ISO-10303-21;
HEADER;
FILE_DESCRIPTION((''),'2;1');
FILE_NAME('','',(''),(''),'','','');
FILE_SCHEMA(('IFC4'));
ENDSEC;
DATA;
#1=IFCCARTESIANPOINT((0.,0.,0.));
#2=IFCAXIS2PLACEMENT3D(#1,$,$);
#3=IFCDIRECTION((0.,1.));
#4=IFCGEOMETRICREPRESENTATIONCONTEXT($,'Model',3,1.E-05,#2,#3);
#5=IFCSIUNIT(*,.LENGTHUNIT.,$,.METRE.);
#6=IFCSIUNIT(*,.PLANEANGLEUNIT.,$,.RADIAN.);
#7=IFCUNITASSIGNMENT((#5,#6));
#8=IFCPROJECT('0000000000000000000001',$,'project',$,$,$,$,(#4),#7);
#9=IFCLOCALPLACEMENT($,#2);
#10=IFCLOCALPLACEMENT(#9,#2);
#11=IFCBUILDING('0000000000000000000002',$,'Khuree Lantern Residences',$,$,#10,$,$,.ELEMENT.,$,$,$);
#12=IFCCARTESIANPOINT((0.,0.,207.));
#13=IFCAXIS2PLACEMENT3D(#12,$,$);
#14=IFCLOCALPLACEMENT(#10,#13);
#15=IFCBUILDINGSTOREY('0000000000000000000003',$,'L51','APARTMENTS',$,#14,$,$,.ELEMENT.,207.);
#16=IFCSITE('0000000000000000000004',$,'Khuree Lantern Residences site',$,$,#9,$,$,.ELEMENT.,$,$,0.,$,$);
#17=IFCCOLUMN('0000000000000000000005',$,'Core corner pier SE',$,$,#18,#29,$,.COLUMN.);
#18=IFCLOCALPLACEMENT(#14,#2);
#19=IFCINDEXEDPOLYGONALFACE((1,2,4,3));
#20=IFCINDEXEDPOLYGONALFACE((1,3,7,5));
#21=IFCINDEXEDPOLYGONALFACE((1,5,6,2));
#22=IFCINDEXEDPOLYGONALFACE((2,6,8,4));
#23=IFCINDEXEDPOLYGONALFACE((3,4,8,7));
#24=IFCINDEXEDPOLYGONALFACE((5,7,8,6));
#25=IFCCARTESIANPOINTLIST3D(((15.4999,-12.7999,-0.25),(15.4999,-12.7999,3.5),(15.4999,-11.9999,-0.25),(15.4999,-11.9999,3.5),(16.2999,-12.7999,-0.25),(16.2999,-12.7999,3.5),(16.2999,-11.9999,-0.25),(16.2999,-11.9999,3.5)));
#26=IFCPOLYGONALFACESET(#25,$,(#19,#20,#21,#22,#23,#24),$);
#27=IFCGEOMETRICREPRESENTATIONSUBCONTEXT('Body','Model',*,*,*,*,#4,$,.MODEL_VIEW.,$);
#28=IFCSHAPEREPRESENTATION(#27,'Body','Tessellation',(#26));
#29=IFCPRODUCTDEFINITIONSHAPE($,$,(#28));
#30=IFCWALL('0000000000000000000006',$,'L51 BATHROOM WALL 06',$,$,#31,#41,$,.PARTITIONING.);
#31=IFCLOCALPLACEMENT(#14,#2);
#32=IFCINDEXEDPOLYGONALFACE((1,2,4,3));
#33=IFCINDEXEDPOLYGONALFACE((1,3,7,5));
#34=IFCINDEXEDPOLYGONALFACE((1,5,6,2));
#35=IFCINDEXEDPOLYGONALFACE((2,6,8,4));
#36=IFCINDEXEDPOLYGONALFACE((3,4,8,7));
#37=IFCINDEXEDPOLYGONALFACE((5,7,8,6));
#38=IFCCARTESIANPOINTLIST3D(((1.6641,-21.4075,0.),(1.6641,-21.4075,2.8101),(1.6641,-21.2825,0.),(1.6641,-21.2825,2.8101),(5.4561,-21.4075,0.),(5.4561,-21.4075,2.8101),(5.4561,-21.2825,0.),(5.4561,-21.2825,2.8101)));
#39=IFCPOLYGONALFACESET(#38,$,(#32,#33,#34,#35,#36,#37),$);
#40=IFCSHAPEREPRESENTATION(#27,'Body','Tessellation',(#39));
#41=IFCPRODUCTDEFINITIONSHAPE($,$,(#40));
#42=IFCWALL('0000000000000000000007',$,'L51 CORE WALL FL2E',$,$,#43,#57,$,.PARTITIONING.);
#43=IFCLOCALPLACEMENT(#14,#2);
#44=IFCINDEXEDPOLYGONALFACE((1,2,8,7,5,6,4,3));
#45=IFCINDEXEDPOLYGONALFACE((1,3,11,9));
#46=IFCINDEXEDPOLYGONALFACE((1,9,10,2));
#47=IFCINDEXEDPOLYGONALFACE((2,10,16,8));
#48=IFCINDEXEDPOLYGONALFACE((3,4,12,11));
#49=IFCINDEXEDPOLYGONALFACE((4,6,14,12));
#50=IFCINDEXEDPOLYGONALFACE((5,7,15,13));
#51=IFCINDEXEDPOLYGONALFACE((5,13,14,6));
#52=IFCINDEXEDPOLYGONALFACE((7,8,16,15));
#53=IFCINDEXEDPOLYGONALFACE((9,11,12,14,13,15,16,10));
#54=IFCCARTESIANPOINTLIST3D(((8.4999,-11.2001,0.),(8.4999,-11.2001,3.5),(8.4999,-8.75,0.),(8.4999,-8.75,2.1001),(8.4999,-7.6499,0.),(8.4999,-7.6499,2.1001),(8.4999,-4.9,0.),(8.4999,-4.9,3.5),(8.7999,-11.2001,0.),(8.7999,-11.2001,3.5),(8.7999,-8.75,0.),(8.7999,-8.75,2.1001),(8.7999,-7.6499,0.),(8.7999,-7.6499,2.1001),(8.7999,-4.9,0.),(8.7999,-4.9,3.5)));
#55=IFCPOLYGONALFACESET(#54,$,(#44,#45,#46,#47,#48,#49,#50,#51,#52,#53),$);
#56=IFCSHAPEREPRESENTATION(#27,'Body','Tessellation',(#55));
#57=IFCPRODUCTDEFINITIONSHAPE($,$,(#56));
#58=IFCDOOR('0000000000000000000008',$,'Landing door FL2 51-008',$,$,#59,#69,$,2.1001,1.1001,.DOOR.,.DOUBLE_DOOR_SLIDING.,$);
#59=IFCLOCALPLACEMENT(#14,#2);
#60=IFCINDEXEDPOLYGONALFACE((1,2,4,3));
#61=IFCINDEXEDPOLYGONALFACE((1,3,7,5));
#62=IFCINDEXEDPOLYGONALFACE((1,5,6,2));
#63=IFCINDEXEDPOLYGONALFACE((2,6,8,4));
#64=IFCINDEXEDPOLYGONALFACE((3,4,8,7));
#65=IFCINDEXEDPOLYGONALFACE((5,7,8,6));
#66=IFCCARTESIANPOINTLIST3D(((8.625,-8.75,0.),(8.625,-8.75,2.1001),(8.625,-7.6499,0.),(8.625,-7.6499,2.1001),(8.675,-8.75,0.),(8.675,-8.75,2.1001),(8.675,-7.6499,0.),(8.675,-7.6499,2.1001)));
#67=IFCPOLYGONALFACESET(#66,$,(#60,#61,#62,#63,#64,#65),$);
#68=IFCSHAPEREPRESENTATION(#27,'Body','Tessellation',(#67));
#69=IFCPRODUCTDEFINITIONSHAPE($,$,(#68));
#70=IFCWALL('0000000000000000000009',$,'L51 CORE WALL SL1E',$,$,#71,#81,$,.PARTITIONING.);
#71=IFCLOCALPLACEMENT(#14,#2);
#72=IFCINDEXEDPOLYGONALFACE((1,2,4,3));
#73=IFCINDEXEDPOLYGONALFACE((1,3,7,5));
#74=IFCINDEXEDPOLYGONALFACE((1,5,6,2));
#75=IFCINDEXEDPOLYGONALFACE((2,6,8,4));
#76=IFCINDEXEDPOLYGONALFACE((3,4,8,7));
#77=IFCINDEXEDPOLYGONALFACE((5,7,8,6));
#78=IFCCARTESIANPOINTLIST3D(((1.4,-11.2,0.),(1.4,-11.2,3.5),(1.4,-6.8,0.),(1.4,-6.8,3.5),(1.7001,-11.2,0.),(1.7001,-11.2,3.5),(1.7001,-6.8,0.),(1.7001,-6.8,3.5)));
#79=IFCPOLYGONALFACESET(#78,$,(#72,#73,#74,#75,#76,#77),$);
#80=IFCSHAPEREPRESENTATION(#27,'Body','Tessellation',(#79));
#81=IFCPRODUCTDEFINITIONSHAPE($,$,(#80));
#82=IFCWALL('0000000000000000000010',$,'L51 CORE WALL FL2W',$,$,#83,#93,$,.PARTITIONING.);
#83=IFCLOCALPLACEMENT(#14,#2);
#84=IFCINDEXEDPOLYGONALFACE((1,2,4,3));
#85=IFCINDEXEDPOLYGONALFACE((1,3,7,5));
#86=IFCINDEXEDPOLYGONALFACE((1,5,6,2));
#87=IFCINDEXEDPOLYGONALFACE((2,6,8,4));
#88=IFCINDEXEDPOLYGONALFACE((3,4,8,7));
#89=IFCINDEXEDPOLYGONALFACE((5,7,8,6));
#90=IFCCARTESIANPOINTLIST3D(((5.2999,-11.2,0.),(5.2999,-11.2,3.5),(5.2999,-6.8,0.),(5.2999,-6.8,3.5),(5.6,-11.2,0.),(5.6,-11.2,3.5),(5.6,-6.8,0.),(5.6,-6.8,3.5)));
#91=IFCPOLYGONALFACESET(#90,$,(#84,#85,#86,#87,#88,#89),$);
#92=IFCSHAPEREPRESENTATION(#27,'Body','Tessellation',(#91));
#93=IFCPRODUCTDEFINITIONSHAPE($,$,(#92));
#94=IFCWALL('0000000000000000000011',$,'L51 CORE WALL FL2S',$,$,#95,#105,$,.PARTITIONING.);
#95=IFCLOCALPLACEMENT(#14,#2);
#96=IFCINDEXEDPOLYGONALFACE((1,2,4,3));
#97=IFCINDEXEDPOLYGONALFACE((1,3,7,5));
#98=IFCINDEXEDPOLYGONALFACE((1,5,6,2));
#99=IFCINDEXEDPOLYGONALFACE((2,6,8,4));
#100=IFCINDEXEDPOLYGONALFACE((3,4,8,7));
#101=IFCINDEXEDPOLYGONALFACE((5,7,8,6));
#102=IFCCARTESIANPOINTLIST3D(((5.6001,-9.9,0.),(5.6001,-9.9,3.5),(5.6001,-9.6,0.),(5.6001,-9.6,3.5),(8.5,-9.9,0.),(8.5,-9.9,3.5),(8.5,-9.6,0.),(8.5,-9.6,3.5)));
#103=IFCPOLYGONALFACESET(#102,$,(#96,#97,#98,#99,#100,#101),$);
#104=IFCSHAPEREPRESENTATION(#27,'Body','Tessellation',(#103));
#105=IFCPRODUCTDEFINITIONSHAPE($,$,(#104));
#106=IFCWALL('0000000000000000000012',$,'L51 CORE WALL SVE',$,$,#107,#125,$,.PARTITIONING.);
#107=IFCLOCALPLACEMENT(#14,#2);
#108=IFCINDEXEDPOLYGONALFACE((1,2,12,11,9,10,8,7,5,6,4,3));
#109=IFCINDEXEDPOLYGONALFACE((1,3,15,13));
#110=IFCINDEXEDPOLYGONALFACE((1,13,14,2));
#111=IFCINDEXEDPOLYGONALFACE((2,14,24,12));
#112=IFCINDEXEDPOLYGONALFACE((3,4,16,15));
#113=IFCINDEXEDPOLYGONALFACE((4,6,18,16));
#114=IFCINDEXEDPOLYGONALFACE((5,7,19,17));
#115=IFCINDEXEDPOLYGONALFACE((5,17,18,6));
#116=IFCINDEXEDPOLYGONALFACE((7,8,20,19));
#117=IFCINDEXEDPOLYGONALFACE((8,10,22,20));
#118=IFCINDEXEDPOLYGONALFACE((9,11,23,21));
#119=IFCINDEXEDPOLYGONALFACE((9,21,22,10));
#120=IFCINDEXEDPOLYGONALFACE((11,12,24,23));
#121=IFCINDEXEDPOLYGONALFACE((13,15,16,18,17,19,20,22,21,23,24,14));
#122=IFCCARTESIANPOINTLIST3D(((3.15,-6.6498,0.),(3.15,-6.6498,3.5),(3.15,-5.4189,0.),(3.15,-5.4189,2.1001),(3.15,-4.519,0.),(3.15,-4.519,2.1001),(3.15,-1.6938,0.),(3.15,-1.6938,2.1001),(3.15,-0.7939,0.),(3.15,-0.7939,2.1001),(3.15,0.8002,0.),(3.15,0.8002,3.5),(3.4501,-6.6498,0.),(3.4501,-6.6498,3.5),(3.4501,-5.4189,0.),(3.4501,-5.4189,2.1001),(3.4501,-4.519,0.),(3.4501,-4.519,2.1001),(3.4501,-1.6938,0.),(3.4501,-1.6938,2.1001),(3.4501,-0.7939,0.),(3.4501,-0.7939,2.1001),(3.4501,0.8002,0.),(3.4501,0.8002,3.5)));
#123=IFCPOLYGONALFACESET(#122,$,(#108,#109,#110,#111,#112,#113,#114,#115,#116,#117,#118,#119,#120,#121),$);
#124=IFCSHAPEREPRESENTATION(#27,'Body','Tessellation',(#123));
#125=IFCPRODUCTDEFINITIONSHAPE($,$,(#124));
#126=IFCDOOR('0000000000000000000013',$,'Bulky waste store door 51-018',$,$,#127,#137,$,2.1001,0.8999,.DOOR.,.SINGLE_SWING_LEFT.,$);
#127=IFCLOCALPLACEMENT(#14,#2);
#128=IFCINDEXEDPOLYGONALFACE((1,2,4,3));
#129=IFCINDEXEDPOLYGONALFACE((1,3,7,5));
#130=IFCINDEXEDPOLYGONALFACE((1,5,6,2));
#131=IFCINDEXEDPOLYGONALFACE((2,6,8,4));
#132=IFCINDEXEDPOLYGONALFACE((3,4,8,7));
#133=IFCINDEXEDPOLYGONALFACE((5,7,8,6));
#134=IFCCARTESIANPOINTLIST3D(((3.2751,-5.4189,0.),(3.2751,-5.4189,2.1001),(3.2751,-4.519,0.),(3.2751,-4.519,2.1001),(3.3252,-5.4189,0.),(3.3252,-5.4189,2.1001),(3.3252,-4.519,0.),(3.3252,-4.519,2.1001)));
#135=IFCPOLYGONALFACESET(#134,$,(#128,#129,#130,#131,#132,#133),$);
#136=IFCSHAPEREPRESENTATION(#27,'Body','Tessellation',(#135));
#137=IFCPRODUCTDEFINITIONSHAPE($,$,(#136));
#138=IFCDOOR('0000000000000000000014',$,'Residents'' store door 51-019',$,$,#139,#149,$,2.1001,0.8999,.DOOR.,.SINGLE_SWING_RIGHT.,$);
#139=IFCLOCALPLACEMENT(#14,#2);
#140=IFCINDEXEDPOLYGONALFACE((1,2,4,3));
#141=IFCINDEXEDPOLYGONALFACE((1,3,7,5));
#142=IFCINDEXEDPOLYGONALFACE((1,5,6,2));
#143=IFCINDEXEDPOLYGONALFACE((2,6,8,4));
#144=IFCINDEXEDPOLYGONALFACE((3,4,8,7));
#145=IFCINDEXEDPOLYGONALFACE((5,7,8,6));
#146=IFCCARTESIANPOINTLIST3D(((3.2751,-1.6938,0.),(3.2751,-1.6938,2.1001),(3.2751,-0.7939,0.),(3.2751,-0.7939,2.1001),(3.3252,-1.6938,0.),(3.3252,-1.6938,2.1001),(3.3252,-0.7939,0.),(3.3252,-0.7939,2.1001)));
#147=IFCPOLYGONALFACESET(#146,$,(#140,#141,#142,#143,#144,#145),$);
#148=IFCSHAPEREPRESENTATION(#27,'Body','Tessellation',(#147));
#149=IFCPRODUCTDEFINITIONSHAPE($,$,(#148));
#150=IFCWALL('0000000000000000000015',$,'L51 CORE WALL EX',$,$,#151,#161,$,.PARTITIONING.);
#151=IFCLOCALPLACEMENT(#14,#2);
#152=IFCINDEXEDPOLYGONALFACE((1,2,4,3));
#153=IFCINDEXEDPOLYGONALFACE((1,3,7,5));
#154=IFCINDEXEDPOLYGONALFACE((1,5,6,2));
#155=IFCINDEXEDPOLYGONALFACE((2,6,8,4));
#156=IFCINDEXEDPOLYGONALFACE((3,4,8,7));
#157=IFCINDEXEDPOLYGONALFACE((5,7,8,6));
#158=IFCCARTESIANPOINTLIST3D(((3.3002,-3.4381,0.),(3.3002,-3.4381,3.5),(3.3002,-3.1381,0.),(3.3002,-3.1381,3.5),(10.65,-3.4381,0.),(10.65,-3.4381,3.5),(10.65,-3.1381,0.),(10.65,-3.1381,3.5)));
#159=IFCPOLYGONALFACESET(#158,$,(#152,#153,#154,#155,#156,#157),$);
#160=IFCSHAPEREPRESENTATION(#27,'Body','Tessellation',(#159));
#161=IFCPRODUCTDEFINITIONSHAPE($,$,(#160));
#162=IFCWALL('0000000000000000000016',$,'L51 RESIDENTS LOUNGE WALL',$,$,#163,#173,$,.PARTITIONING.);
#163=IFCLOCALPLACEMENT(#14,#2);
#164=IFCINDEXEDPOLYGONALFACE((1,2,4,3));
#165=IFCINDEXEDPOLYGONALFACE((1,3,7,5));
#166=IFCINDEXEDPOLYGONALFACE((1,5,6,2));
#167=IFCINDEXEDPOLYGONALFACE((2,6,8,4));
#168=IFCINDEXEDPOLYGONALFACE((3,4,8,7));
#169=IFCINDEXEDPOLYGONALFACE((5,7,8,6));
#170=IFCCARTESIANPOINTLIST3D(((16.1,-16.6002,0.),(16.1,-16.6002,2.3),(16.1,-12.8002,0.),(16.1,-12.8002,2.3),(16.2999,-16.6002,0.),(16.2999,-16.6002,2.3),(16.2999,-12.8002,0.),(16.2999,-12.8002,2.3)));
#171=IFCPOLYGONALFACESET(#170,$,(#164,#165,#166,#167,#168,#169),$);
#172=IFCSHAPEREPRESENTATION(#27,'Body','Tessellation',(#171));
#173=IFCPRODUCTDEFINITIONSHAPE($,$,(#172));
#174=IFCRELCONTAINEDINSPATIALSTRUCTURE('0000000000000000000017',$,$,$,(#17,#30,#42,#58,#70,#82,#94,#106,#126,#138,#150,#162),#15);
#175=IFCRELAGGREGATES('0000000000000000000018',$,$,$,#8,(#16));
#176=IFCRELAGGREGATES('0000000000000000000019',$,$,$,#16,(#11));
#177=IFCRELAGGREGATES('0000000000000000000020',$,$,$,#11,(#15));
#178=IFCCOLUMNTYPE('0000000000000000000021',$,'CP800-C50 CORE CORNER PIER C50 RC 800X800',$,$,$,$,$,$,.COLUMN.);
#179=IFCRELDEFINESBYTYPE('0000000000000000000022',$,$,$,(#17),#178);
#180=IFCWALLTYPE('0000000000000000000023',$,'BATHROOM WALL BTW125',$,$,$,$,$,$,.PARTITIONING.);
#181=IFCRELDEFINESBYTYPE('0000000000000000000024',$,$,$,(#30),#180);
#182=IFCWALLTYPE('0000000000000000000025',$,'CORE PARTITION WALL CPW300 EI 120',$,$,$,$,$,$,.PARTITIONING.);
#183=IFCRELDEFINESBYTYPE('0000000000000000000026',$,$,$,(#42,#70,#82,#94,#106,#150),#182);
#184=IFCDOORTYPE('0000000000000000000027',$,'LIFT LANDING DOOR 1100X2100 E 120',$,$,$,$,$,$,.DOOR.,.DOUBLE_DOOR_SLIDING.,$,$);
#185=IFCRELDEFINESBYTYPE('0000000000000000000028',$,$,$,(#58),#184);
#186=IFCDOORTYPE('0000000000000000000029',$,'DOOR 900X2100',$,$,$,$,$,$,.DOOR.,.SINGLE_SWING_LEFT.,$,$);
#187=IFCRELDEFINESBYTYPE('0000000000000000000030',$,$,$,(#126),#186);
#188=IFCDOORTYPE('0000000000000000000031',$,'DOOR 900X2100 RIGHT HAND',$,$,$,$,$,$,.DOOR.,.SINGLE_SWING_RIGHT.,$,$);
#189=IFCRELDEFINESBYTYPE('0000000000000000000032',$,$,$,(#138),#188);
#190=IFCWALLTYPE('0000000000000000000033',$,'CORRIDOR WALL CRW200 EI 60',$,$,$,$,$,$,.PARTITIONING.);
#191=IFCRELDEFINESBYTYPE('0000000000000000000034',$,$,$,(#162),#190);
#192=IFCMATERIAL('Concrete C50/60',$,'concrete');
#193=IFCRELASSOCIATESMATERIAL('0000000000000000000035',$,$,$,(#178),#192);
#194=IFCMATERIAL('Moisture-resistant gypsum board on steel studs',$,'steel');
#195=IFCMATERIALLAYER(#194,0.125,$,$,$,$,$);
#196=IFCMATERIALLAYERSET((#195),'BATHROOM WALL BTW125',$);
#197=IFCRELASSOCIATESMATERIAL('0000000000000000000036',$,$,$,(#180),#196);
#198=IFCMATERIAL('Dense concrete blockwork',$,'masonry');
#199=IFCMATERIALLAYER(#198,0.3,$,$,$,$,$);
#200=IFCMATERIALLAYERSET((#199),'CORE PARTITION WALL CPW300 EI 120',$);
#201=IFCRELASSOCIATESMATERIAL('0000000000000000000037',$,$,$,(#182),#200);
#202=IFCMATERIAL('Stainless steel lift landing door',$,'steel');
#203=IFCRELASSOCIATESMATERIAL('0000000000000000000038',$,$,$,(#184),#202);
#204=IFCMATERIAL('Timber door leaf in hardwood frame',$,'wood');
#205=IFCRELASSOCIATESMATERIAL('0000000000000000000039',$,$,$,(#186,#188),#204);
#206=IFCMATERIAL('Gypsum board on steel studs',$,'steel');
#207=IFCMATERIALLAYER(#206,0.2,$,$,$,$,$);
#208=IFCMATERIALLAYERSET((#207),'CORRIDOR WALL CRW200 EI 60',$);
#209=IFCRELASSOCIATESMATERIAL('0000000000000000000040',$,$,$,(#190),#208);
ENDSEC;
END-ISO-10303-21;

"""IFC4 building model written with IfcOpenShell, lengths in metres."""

from ifc_helpers import new_model, si_unit, direction, frame, frame_2d, origin, origin_2d, place, context, subcontext, project, spatial, rectangle, extrude, material, layer, layer_set, material_profile, profile_set, type_object, element, fill, save


model = new_model("IFC4")

# Units and contexts
model_context = context("Model", 3, precision=1e-05, world=origin(), true_north=direction((0.0, 1.0)))
body_context = subcontext(model_context, "Body", "Model", "MODEL_VIEW")
ifc_project = project(units=[si_unit("LENGTHUNIT", "METRE"), si_unit("PLANEANGLEUNIT", "RADIAN")], contexts=[model_context])

# Site, building, storey
site_placement = place(None, origin())
site = spatial("IfcSite", under=ifc_project, at=site_placement, Name="Khuree Lantern Residences site", CompositionType="ELEMENT", RefElevation=0.0)
building_placement = place(site_placement, origin())
building = spatial("IfcBuilding", under=site, at=building_placement, Name="Khuree Lantern Residences", CompositionType="ELEMENT")
storey_placement = place(building_placement, frame((0.0, 0.0, 207.0)))
storey = spatial("IfcBuildingStorey", under=building, at=storey_placement, Name="L51", Description="APARTMENTS", CompositionType="ELEMENT", Elevation=207.0)

# Column
ifc_material_1 = material(Name="Concrete C50/60", Category="concrete")
ifc_material_profile = material_profile(ifc_material_1, rectangle(XDim=0.8, YDim=0.8, at=origin_2d()), Name="RC 800X800")
ifc_profile_set = profile_set([ifc_material_profile], Name="Concrete C50/60")
column_type = type_object("IfcColumnType", Name="CP800-C50 CORE CORNER PIER C50 RC 800X800", PredefinedType="COLUMN", material=ifc_profile_set)
column_placement = place(storey_placement, frame((15.8999, -12.3999, -0.25), z_axis=(0.0, 0.0, 1.0), x_axis=(1.0, 0.0, 0.0)))
element("IfcColumn", 1, at=column_placement, inside=storey, type_object=column_type, Name="Core corner pier SE", PredefinedType="COLUMN", context=body_context, shape_type="SweptSolid", body=[
    extrude(rectangle(XDim=0.8, YDim=0.8, at=origin_2d()), origin(), (0.0, 0.0, 1.0), 3.75),
])

# Wall
ifc_material_2 = material(Name="Moisture-resistant gypsum board on steel studs", Category="steel")
ifc_layer_1 = layer(ifc_material_2, 0.125)
ifc_layer_set_1 = layer_set([ifc_layer_1], Name="BATHROOM WALL BTW125")
wall_type_1 = type_object("IfcWallType", Name="BATHROOM WALL BTW125", PredefinedType="PARTITIONING", material=ifc_layer_set_1)
wall_1_placement = place(storey_placement, frame((1.6641, -21.345, 0.0), z_axis=(0.0, 0.0, 1.0), x_axis=(1.0, 0.0, 0.0)))
element("IfcWall", 2, at=wall_1_placement, inside=storey, type_object=wall_type_1, Name="L51 BATHROOM WALL 06", PredefinedType="PARTITIONING", context=body_context, shape_type="SweptSolid", body=[
    extrude(rectangle(XDim=3.792, YDim=0.125, at=frame_2d((1.896, 0.0))), origin(), (0.0, 0.0, 1.0), 2.8101),
])

# Wall, opening, door
ifc_material_3 = material(Name="Dense concrete blockwork", Category="masonry")
ifc_layer_2 = layer(ifc_material_3, 0.3)
ifc_layer_set_2 = layer_set([ifc_layer_2], Name="CORE PARTITION WALL CPW300 EI 120")
wall_type_2 = type_object("IfcWallType", Name="CORE PARTITION WALL CPW300 EI 120", PredefinedType="PARTITIONING", material=ifc_layer_set_2)
wall_2_placement = place(storey_placement, frame((8.6499, -11.2, 0.0), z_axis=(0.0, 0.0, 1.0), x_axis=(0.0, 1.0, 0.0)))
wall_2 = element("IfcWall", 3, at=wall_2_placement, inside=storey, type_object=wall_type_2, Name="L51 CORE WALL FL2E", PredefinedType="PARTITIONING", context=body_context, shape_type="SweptSolid", body=[
    extrude(rectangle(XDim=6.3, YDim=0.3, at=frame_2d((3.1499, 0.0))), origin(), (0.0, 0.0, 1.0), 3.5),
])
opening_1_placement = place(wall_2_placement, frame((2.45, 0.0, 0.0)))
opening_1 = element("IfcOpeningElement", 4, at=opening_1_placement, cuts=wall_2, PredefinedType="OPENING", context=body_context, shape_type="SweptSolid", body=[
    extrude(rectangle(XDim=1.1001, YDim=2.1001, at=frame_2d((0.55, 1.05))), frame((0.0, 0.1602, 0.0), z_axis=(0.0, -1.0, 0.0), x_axis=(1.0, 0.0, 0.0)), (0.0, 0.0, 1.0), 0.3201),
])
ifc_material_4 = material(Name="Stainless steel lift landing door", Category="steel")
door_type_1 = type_object("IfcDoorType", Name="LIFT LANDING DOOR 1100X2100 E 120", OperationType="DOUBLE_DOOR_SLIDING", PredefinedType="DOOR", material=ifc_material_4)
door_1_placement = place(opening_1_placement, origin())
door_1 = element("IfcDoor", 5, at=door_1_placement, inside=storey, type_object=door_type_1, Name="Landing door FL2 51-008", OperationType="DOUBLE_DOOR_SLIDING", OverallHeight=2.1001, OverallWidth=1.1001, PredefinedType="DOOR", context=body_context, shape_type="SweptSolid", body=[
    extrude(rectangle(XDim=1.1001, YDim=2.1001, at=frame_2d((0.55, 1.05))), frame((0.0, 0.0249, 0.0), z_axis=(0.0, -1.0, 0.0), x_axis=(1.0, 0.0, 0.0)), (0.0, 0.0, 1.0), 0.05),
])
fill(opening_1, door_1)

# Walls
for number, where, z_axis, x_axis, name in (
    (6, (1.55, -11.2, 0.0), (0.0, 0.0, 1.0), (0.0, 1.0, 0.0), "L51 CORE WALL SL1E"),
    (7, (5.45, -11.2, 0.0), (0.0, 0.0, 1.0), (0.0, 1.0, 0.0), "L51 CORE WALL FL2W"),
):
    element("IfcWall", number, at=place(storey_placement, frame(where, z_axis=z_axis, x_axis=x_axis)), inside=storey, type_object=wall_type_2, Name=name, PredefinedType="PARTITIONING", context=body_context, shape_type="SweptSolid", body=[
        extrude(rectangle(XDim=4.3999, YDim=0.3, at=frame_2d((2.2, 0.0))), origin(), (0.0, 0.0, 1.0), 3.5),
    ])
wall_3_placement = place(storey_placement, frame((5.6001, -9.75, 0.0), z_axis=(0.0, 0.0, 1.0), x_axis=(1.0, 0.0, 0.0)))
element("IfcWall", 8, at=wall_3_placement, inside=storey, type_object=wall_type_2, Name="L51 CORE WALL FL2S", PredefinedType="PARTITIONING", context=body_context, shape_type="SweptSolid", body=[
    extrude(rectangle(XDim=2.8999, YDim=0.3, at=frame_2d((1.45, 0.0))), origin(), (0.0, 0.0, 1.0), 3.5),
])

# Wall, openings, doors
wall_4_placement = place(storey_placement, frame((3.3, -6.6499, 0.0), z_axis=(0.0, 0.0, 1.0), x_axis=(0.0, 1.0, 0.0)))
wall_4 = element("IfcWall", 9, at=wall_4_placement, inside=storey, type_object=wall_type_2, Name="L51 CORE WALL SVE", PredefinedType="PARTITIONING", context=body_context, shape_type="SweptSolid", body=[
    extrude(rectangle(XDim=7.45, YDim=0.3, at=frame_2d((3.7251, 0.0))), origin(), (0.0, 0.0, 1.0), 3.5),
])
opening_2_placement = place(wall_4_placement, frame((1.231, 0.0, 0.0)))
opening_2 = element("IfcOpeningElement", 10, at=opening_2_placement, cuts=wall_4, PredefinedType="OPENING", context=body_context, shape_type="SweptSolid", body=[
    extrude(rectangle(XDim=0.8999, YDim=2.1001, at=frame_2d((0.45, 1.05))), frame((0.0, 0.1602, 0.0), z_axis=(0.0, -1.0, 0.0), x_axis=(1.0, 0.0, 0.0)), (0.0, 0.0, 1.0), 0.3201),
])
opening_3_placement = place(wall_4_placement, frame((4.9561, 0.0, 0.0)))
opening_3 = element("IfcOpeningElement", 11, at=opening_3_placement, cuts=wall_4, PredefinedType="OPENING", context=body_context, shape_type="SweptSolid", body=[
    extrude(rectangle(XDim=0.8999, YDim=2.1001, at=frame_2d((0.45, 1.05))), frame((0.0, 0.1602, 0.0), z_axis=(0.0, -1.0, 0.0), x_axis=(1.0, 0.0, 0.0)), (0.0, 0.0, 1.0), 0.3201),
])
ifc_material_5 = material(Name="Timber door leaf in hardwood frame", Category="wood")
door_type_2 = type_object("IfcDoorType", Name="DOOR 900X2100", OperationType="SINGLE_SWING_LEFT", PredefinedType="DOOR", material=ifc_material_5)
door_2_placement = place(opening_2_placement, origin())
door_2 = element("IfcDoor", 12, at=door_2_placement, inside=storey, type_object=door_type_2, Name="Bulky waste store door 51-018", OperationType="SINGLE_SWING_LEFT", OverallHeight=2.1001, OverallWidth=0.8999, PredefinedType="DOOR", context=body_context, shape_type="SweptSolid", body=[
    extrude(rectangle(XDim=0.8999, YDim=2.1001, at=frame_2d((0.45, 1.05))), frame((0.0, 0.0249, 0.0), z_axis=(0.0, -1.0, 0.0), x_axis=(1.0, 0.0, 0.0)), (0.0, 0.0, 1.0), 0.05),
])
fill(opening_2, door_2)
door_type_3 = type_object("IfcDoorType", Name="DOOR 900X2100 RIGHT HAND", OperationType="SINGLE_SWING_RIGHT", PredefinedType="DOOR", material=ifc_material_5)
door_3_placement = place(opening_3_placement, origin())
door_3 = element("IfcDoor", 13, at=door_3_placement, inside=storey, type_object=door_type_3, Name="Residents' store door 51-019", OperationType="SINGLE_SWING_RIGHT", OverallHeight=2.1001, OverallWidth=0.8999, PredefinedType="DOOR", context=body_context, shape_type="SweptSolid", body=[
    extrude(rectangle(XDim=0.8999, YDim=2.1001, at=frame_2d((0.45, 1.05))), frame((0.0, 0.0249, 0.0), z_axis=(0.0, -1.0, 0.0), x_axis=(1.0, 0.0, 0.0)), (0.0, 0.0, 1.0), 0.05),
])
fill(opening_3, door_3)

# Walls
wall_5_placement = place(storey_placement, frame((10.6499, -3.2881, 0.0), z_axis=(0.0, 0.0, 1.0), x_axis=(-1.0, 0.0, 0.0)))
element("IfcWall", 14, at=wall_5_placement, inside=storey, type_object=wall_type_2, Name="L51 CORE WALL EX", PredefinedType="PARTITIONING", context=body_context, shape_type="SweptSolid", body=[
    extrude(rectangle(XDim=7.3499, YDim=0.3, at=frame_2d((3.6748, 0.0))), origin(), (0.0, 0.0, 1.0), 3.5),
])
ifc_material_6 = material(Name="Gypsum board on steel studs", Category="steel")
ifc_layer_3 = layer(ifc_material_6, 0.2)
ifc_layer_set_3 = layer_set([ifc_layer_3], Name="CORRIDOR WALL CRW200 EI 60")
wall_type_3 = type_object("IfcWallType", Name="CORRIDOR WALL CRW200 EI 60", PredefinedType="PARTITIONING", material=ifc_layer_set_3)
wall_6_placement = place(storey_placement, frame((16.2, -16.6001, 0.0), z_axis=(0.0, 0.0, 1.0), x_axis=(0.0, 1.0, 0.0)))
element("IfcWall", 15, at=wall_6_placement, inside=storey, type_object=wall_type_3, Name="L51 RESIDENTS LOUNGE WALL", PredefinedType="PARTITIONING", context=body_context, shape_type="SweptSolid", body=[
    extrude(rectangle(XDim=3.8, YDim=0.2, at=frame_2d((1.8999, 0.0))), origin(), (0.0, 0.0, 1.0), 2.3),
])

save(model, "model.ifc")
